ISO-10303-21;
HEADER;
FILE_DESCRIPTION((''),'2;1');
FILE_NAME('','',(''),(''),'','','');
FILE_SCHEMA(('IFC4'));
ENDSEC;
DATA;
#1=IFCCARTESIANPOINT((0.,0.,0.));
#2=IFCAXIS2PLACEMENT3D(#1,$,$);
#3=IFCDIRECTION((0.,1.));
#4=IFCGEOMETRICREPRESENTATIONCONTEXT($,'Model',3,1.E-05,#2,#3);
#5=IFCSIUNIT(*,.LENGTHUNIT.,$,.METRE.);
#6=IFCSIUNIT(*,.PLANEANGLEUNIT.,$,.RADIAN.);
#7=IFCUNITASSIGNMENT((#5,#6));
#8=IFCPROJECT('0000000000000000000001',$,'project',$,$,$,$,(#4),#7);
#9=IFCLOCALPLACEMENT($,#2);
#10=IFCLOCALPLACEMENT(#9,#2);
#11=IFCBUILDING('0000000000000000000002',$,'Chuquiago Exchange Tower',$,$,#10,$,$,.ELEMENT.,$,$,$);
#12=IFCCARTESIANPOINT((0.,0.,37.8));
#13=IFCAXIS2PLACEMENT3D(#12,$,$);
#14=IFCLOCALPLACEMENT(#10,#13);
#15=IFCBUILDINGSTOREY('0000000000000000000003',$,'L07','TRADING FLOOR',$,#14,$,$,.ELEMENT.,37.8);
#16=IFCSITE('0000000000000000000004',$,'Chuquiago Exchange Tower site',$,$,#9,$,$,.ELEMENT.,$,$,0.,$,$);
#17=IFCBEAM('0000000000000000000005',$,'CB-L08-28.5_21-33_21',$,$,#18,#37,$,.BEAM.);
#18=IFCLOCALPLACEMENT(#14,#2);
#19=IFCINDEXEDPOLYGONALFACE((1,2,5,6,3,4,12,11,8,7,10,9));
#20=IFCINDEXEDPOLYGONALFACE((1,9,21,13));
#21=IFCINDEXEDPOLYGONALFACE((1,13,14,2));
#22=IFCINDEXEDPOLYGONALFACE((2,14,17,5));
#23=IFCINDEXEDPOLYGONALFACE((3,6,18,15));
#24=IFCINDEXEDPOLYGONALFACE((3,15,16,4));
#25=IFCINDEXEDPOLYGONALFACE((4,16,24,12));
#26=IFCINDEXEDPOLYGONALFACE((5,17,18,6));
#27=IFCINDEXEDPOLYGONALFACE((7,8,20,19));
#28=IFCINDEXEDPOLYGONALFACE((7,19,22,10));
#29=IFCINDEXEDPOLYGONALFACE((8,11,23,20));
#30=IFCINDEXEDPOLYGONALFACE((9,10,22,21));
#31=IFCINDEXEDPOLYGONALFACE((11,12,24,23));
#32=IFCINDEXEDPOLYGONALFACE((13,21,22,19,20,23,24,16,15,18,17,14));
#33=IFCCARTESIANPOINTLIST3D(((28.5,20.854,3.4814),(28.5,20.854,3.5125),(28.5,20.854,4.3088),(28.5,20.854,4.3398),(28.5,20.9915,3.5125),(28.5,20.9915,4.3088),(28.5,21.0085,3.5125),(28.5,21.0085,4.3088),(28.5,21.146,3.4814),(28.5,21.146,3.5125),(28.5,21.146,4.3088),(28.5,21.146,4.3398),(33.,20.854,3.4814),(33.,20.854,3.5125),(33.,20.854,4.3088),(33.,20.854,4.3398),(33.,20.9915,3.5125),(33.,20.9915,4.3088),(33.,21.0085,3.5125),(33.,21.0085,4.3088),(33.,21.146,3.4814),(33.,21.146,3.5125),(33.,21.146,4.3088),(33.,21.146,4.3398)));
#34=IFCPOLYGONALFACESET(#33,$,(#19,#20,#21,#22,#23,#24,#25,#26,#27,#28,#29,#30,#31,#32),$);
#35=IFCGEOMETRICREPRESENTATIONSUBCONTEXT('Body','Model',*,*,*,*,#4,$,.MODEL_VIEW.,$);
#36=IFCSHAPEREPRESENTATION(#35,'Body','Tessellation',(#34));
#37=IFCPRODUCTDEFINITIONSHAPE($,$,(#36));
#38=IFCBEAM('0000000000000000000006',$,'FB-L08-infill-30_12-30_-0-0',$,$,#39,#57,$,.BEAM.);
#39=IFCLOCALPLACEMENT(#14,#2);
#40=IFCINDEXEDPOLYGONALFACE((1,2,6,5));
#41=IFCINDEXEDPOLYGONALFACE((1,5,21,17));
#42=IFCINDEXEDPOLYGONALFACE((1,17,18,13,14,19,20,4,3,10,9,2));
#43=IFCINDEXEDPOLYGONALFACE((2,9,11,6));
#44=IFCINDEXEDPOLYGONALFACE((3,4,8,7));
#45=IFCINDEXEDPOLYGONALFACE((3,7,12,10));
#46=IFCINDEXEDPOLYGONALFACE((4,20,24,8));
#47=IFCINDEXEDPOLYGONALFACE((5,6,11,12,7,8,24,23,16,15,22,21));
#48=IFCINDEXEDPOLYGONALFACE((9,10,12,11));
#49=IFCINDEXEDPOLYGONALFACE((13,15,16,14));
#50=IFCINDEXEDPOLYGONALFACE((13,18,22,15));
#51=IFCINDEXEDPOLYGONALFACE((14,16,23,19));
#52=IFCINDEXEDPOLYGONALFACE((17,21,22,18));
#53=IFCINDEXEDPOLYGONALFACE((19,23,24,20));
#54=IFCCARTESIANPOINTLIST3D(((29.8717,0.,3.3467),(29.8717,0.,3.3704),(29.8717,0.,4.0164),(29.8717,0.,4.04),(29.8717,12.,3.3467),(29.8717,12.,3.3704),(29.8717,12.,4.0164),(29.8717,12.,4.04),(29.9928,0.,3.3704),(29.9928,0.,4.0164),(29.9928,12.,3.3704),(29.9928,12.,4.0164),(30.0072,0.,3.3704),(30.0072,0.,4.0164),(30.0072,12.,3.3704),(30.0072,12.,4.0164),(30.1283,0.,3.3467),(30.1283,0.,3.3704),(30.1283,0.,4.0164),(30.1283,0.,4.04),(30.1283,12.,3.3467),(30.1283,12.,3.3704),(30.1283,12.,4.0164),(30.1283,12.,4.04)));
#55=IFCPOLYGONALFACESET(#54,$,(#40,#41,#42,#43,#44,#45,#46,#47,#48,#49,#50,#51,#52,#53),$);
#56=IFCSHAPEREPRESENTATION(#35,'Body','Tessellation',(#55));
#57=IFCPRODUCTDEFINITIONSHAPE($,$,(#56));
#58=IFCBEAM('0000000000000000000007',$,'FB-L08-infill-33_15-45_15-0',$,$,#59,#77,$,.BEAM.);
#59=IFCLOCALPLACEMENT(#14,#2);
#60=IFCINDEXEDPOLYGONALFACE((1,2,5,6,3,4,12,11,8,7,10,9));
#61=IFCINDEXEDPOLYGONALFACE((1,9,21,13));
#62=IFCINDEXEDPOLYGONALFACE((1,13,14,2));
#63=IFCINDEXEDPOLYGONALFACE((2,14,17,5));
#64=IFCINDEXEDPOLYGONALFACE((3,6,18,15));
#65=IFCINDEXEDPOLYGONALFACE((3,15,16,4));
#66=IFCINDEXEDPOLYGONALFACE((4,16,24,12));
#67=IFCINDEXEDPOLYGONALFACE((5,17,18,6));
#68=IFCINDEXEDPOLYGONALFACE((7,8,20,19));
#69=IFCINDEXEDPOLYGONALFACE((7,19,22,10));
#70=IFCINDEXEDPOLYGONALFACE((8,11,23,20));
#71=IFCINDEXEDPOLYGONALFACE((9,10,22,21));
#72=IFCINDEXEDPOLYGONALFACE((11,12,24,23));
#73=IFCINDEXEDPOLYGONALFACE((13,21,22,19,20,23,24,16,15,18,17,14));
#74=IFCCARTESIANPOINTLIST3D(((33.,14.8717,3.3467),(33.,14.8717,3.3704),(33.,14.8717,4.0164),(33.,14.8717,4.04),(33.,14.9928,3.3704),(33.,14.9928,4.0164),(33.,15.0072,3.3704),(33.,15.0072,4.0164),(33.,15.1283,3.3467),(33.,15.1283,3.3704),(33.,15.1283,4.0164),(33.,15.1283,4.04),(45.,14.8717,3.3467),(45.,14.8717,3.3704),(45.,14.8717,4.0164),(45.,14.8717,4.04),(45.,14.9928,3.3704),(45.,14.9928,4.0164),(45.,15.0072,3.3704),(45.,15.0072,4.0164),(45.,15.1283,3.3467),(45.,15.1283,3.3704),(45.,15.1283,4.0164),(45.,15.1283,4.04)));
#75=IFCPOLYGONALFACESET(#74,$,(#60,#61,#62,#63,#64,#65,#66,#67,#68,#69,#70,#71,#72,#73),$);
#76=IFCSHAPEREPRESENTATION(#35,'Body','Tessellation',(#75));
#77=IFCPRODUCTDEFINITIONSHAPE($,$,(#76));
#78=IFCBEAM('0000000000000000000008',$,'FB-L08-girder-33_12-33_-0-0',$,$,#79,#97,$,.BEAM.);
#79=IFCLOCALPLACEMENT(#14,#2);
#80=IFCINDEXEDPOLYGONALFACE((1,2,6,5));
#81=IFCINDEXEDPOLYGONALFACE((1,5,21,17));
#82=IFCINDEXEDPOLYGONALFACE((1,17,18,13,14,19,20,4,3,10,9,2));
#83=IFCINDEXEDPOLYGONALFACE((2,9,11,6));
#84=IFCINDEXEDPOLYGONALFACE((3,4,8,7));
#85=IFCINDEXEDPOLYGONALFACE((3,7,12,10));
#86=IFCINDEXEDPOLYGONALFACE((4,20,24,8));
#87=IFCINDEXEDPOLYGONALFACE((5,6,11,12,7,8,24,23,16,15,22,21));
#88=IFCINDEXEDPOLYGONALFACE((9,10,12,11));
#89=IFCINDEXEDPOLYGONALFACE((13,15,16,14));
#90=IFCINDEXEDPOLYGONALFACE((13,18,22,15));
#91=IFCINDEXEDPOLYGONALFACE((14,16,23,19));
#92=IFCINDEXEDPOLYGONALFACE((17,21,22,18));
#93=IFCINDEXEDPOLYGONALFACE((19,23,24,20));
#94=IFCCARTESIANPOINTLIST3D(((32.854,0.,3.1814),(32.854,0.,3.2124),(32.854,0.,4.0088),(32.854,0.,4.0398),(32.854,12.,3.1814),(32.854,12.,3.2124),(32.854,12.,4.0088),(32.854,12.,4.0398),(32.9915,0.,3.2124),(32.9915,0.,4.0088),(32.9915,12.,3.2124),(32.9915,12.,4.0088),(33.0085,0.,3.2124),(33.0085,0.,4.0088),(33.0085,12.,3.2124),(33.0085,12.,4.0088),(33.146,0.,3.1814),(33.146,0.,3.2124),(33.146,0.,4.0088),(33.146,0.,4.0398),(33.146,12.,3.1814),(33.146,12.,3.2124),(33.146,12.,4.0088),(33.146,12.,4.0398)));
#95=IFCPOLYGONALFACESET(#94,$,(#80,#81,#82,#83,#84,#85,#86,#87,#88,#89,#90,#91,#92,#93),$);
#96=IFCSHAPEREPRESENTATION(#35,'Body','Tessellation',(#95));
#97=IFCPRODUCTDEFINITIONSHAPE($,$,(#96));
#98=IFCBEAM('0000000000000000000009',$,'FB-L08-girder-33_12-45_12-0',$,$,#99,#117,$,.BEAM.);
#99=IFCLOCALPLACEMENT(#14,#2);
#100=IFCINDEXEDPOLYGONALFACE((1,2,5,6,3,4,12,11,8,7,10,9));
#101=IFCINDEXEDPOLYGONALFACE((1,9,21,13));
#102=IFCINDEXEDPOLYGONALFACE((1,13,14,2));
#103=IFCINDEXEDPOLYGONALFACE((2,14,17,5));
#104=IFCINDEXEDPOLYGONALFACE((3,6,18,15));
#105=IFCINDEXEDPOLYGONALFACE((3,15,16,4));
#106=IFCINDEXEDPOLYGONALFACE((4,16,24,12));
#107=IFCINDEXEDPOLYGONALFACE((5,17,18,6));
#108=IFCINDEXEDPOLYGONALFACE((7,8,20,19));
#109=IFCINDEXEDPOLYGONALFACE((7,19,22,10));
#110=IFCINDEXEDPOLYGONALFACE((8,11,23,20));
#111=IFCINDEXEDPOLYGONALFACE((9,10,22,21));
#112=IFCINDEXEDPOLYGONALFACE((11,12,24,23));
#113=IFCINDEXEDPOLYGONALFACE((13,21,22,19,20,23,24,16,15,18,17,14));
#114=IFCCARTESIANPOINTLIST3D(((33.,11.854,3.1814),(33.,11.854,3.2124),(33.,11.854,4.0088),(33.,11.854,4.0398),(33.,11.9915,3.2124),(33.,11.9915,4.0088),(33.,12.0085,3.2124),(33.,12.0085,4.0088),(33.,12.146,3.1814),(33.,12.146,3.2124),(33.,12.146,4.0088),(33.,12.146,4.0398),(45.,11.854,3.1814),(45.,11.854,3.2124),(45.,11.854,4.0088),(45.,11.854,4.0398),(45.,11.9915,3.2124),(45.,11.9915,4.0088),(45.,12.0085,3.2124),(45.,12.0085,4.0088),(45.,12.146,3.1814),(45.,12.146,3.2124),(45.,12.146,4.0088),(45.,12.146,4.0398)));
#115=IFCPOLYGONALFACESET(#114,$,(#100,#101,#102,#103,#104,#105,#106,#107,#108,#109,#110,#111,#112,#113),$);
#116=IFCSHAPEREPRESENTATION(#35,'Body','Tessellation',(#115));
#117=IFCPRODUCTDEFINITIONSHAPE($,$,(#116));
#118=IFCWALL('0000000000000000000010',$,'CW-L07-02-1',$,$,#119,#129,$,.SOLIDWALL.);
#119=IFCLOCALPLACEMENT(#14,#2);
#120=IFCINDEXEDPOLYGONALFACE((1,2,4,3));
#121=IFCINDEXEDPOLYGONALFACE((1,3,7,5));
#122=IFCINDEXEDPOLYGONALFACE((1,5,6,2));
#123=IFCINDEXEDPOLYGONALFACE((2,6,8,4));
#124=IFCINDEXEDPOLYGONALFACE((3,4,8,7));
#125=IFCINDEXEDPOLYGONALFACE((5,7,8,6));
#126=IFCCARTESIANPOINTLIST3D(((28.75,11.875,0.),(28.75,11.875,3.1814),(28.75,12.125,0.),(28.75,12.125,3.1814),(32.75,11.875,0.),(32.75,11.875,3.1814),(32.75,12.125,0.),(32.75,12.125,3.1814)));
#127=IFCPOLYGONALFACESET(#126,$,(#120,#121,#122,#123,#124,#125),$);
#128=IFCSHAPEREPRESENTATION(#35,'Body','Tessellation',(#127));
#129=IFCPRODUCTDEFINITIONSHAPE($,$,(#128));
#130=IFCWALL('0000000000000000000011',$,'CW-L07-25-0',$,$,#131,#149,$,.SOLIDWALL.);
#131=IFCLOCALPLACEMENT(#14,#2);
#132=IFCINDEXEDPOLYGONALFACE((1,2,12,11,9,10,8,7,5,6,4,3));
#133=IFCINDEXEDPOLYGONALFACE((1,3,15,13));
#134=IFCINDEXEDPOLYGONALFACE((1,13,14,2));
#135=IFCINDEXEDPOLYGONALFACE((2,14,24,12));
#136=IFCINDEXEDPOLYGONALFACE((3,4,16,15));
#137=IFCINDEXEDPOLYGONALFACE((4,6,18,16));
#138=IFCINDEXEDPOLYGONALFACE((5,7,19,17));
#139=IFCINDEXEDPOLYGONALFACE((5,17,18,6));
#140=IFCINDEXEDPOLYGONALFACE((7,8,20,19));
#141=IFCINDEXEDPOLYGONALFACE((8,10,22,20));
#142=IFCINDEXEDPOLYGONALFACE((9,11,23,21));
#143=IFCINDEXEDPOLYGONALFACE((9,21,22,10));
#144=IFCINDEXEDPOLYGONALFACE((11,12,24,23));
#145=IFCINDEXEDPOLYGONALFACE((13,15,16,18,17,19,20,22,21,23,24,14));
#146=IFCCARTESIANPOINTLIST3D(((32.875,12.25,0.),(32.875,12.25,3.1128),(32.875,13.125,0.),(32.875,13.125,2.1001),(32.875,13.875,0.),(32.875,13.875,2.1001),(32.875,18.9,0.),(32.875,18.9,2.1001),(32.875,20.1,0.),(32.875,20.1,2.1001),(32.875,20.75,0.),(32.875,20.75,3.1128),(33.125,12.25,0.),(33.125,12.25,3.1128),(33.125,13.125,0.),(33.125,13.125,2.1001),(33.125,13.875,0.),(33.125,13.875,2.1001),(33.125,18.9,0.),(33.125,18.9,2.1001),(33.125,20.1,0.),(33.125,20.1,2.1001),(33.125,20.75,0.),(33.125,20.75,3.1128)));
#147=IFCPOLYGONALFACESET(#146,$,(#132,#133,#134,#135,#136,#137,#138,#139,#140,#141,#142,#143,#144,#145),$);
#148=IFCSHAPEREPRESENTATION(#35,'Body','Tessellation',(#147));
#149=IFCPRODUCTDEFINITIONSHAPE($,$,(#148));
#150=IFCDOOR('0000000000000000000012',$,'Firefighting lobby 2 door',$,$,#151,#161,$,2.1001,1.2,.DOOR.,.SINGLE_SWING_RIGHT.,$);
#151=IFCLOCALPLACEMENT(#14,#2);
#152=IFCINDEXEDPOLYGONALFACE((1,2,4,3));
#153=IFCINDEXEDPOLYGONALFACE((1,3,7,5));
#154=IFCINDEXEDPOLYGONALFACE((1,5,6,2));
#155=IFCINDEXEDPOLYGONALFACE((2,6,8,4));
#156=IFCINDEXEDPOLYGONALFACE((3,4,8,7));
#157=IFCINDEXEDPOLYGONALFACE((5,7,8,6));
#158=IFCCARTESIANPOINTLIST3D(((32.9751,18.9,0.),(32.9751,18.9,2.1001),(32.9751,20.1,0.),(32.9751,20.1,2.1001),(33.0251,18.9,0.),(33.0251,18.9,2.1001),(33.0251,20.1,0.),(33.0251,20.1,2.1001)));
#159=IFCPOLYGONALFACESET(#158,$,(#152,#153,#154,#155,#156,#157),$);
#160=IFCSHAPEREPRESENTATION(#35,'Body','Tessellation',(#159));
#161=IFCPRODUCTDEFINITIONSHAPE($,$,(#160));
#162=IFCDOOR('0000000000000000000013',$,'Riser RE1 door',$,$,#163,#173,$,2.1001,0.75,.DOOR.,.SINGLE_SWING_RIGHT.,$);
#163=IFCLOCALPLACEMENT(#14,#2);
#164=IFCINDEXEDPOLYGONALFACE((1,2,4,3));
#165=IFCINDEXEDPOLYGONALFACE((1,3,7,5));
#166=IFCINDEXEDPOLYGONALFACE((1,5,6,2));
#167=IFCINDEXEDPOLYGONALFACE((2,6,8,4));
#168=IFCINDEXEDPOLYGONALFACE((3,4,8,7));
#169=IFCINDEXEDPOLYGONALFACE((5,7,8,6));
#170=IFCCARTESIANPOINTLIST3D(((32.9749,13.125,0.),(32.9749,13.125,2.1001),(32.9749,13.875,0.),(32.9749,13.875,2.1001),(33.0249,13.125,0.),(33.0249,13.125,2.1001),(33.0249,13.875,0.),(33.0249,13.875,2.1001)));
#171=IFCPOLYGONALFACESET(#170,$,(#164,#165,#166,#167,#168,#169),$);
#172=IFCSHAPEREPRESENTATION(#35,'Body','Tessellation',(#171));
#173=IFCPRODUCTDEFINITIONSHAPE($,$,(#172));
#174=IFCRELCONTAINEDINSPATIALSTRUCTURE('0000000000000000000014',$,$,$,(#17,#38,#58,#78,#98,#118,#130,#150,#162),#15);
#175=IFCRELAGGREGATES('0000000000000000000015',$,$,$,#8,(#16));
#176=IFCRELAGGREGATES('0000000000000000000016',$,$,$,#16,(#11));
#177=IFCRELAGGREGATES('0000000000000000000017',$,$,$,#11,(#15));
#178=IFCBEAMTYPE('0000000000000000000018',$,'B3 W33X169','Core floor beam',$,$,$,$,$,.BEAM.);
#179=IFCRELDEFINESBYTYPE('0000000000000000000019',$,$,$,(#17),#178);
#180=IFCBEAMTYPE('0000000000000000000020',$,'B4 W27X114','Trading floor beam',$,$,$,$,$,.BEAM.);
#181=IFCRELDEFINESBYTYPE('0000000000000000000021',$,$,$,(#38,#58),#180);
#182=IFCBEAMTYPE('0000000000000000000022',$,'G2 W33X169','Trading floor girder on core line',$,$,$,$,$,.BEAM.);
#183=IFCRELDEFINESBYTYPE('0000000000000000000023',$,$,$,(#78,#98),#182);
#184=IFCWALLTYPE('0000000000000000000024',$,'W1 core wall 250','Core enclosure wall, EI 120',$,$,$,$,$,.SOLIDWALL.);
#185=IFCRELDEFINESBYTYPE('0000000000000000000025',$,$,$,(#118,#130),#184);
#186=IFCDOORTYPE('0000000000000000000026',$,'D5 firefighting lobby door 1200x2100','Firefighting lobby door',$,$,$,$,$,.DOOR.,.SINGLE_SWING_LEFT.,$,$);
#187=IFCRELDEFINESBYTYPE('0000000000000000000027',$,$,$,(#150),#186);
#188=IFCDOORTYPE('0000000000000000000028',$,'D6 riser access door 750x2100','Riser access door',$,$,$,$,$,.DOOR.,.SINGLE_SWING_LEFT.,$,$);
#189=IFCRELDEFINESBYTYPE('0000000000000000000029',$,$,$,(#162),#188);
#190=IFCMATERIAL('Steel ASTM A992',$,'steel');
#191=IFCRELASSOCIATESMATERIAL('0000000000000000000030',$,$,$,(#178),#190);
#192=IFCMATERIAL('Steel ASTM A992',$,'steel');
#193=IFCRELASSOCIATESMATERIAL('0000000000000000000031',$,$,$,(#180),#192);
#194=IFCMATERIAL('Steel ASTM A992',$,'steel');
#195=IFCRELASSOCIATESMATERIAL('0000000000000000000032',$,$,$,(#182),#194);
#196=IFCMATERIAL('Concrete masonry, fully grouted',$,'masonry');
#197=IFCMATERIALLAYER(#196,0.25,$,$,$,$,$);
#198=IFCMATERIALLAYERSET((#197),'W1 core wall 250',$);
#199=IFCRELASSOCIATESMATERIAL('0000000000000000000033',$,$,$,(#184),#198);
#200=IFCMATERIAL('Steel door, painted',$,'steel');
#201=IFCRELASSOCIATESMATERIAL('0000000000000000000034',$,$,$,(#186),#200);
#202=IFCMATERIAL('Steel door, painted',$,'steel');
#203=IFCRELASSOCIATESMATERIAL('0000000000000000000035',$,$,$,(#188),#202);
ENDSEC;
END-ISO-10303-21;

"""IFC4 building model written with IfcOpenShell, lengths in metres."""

from ifc_helpers import new_model, si_unit, direction, frame, frame_2d, origin, origin_2d, place, context, subcontext, project, spatial, rectangle, i_section, extrude, material, layer, layer_set, material_profile, profile_set, type_object, element, fill, save


model = new_model("IFC4")

# Units and contexts
model_context = context("Model", 3, precision=1e-05, world=origin(), true_north=direction((0.0, 1.0)))
body_context = subcontext(model_context, "Body", "Model", "MODEL_VIEW")
ifc_project = project(units=[si_unit("LENGTHUNIT", "METRE"), si_unit("PLANEANGLEUNIT", "RADIAN")], contexts=[model_context])

# Site, building, storey
site_placement = place(None, origin())
site = spatial("IfcSite", under=ifc_project, at=site_placement, Name="Chuquiago Exchange Tower site", CompositionType="ELEMENT", RefElevation=0.0)
building_placement = place(site_placement, origin())
building = spatial("IfcBuilding", under=site, at=building_placement, Name="Chuquiago Exchange Tower", CompositionType="ELEMENT")
storey_placement = place(building_placement, frame((0.0, 0.0, 37.8)))
storey = spatial("IfcBuildingStorey", under=building, at=storey_placement, Name="L07", Description="TRADING FLOOR", CompositionType="ELEMENT", Elevation=37.8)

# Beams
ifc_material_1 = material(Name="Steel ASTM A992", Category="steel")
ifc_material_profile_1 = material_profile(ifc_material_1, i_section(OverallWidth=0.292, OverallDepth=0.8584, WebThickness=0.0171, FlangeThickness=0.031, at=origin_2d()), Name="W33X169")
ifc_profile_set_1 = profile_set([ifc_material_profile_1], Name="Steel ASTM A992")
beam_type_1 = type_object("IfcBeamType", Name="B3 W33X169", Description="Core floor beam", PredefinedType="BEAM", material=ifc_profile_set_1)
for number, where, z_axis, x_axis, name in (
    (1, (28.5, 21.0, 3.9106), (1.0, 0.0, 0.0), (0.0, 1.0, 0.0), "CB-L08-28.5_21-33_21"),
):
    element("IfcBeam", number, at=place(storey_placement, frame(where, z_axis=z_axis, x_axis=x_axis)), inside=storey, type_object=beam_type_1, Name=name, PredefinedType="BEAM", context=body_context, shape_type="SweptSolid", body=[
        extrude(i_section(OverallWidth=0.292, OverallDepth=0.8584, WebThickness=0.0171, FlangeThickness=0.031, at=origin_2d()), origin(), (0.0, 0.0, 1.0), 4.5),
    ])
ifc_material_2 = material(Name="Steel ASTM A992", Category="steel")
ifc_material_profile_2 = material_profile(ifc_material_2, i_section(OverallWidth=0.2566, OverallDepth=0.6934, WebThickness=0.0144, FlangeThickness=0.0237, at=origin_2d()), Name="W27X114")
ifc_profile_set_2 = profile_set([ifc_material_profile_2], Name="Steel ASTM A992")
beam_type_2 = type_object("IfcBeamType", Name="B4 W27X114", Description="Trading floor beam", PredefinedType="BEAM", material=ifc_profile_set_2)
for number, where, z_axis, x_axis, name in (
    (2, (30.0, 12.0, 3.6934), (0.0, -1.0, 0.0), (1.0, 0.0, 0.0), "FB-L08-infill-30_12-30_-0-0"),
    (3, (33.0, 15.0, 3.6934), (1.0, 0.0, 0.0), (0.0, 1.0, 0.0), "FB-L08-infill-33_15-45_15-0"),
):
    element("IfcBeam", number, at=place(storey_placement, frame(where, z_axis=z_axis, x_axis=x_axis)), inside=storey, type_object=beam_type_2, Name=name, PredefinedType="BEAM", context=body_context, shape_type="SweptSolid", body=[
        extrude(i_section(OverallWidth=0.2566, OverallDepth=0.6934, WebThickness=0.0144, FlangeThickness=0.0237, at=origin_2d()), origin(), (0.0, 0.0, 1.0), 12.0),
    ])
ifc_material_3 = material(Name="Steel ASTM A992", Category="steel")
ifc_material_profile_3 = material_profile(ifc_material_3, i_section(OverallWidth=0.292, OverallDepth=0.8584, WebThickness=0.0171, FlangeThickness=0.031, at=origin_2d()), Name="W33X169")
ifc_profile_set_3 = profile_set([ifc_material_profile_3], Name="Steel ASTM A992")
beam_type_3 = type_object("IfcBeamType", Name="G2 W33X169", Description="Trading floor girder on core line", PredefinedType="BEAM", material=ifc_profile_set_3)
for number, where, z_axis, x_axis, name in (
    (4, (33.0, 12.0, 3.6106), (0.0, -1.0, 0.0), (1.0, 0.0, 0.0), "FB-L08-girder-33_12-33_-0-0"),
    (5, (33.0, 12.0, 3.6106), (1.0, 0.0, 0.0), (0.0, 1.0, 0.0), "FB-L08-girder-33_12-45_12-0"),
):
    element("IfcBeam", number, at=place(storey_placement, frame(where, z_axis=z_axis, x_axis=x_axis)), inside=storey, type_object=beam_type_3, Name=name, PredefinedType="BEAM", context=body_context, shape_type="SweptSolid", body=[
        extrude(i_section(OverallWidth=0.292, OverallDepth=0.8584, WebThickness=0.0171, FlangeThickness=0.031, at=origin_2d()), origin(), (0.0, 0.0, 1.0), 12.0),
    ])

# Wall
ifc_material_4 = material(Name="Concrete masonry, fully grouted", Category="masonry")
ifc_layer_1 = layer(ifc_material_4, 0.25)
ifc_layer_set_1 = layer_set([ifc_layer_1], Name="W1 core wall 250")
wall_type_1 = type_object("IfcWallType", Name="W1 core wall 250", Description="Core enclosure wall, EI 120", PredefinedType="SOLIDWALL", material=ifc_layer_set_1)
wall_1_placement = place(storey_placement, frame((28.75, 12.0, 0.0), z_axis=(0.0, 0.0, 1.0), x_axis=(1.0, 0.0, 0.0)))
element("IfcWall", 6, at=wall_1_placement, inside=storey, type_object=wall_type_1, Name="CW-L07-02-1", PredefinedType="SOLIDWALL", context=body_context, shape_type="SweptSolid", body=[
    extrude(rectangle(XDim=4.0, YDim=0.25, at=frame_2d((2.0, 0.0))), origin(), (0.0, 0.0, 1.0), 3.1814),
])

# Wall, openings, doors
wall_2_placement = place(storey_placement, frame((33.0, 12.25, 0.0), z_axis=(0.0, 0.0, 1.0), x_axis=(0.0, 1.0, 0.0)))
wall_2 = element("IfcWall", 7, at=wall_2_placement, inside=storey, type_object=wall_type_1, Name="CW-L07-25-0", PredefinedType="SOLIDWALL", context=body_context, shape_type="SweptSolid", body=[
    extrude(rectangle(XDim=8.5, YDim=0.25, at=frame_2d((4.25, 0.0))), origin(), (0.0, 0.0, 1.0), 3.1128),
])
opening_1_placement = place(wall_2_placement, frame((6.6499, 0.0, 0.0)))
opening_1 = element("IfcOpeningElement", 8, at=opening_1_placement, cuts=wall_2, PredefinedType="OPENING", context=body_context, shape_type="SweptSolid", body=[
    extrude(rectangle(XDim=1.2, YDim=2.1001, at=frame_2d((0.6001, 1.05))), frame((0.0, 0.135, 0.0), z_axis=(0.0, -1.0, 0.0), x_axis=(1.0, 0.0, 0.0)), (0.0, 0.0, 1.0), 0.27),
])
opening_2_placement = place(wall_2_placement, frame((0.875, 0.0, 0.0)))
opening_2 = element("IfcOpeningElement", 9, at=opening_2_placement, cuts=wall_2, PredefinedType="OPENING", context=body_context, shape_type="SweptSolid", body=[
    extrude(rectangle(XDim=0.75, YDim=2.1001, at=frame_2d((0.375, 1.05))), frame((0.0, 0.135, 0.0), z_axis=(0.0, -1.0, 0.0), x_axis=(1.0, 0.0, 0.0)), (0.0, 0.0, 1.0), 0.27),
])
ifc_material_5 = material(Name="Steel door, painted", Category="steel")
door_type_1 = type_object("IfcDoorType", Name="D5 firefighting lobby door 1200x2100", Description="Firefighting lobby door", OperationType="SINGLE_SWING_LEFT", PredefinedType="DOOR", material=ifc_material_5)
door_1_placement = place(opening_1_placement, origin())
door_1 = element("IfcDoor", 10, at=door_1_placement, inside=storey, type_object=door_type_1, Name="Firefighting lobby 2 door", OperationType="SINGLE_SWING_RIGHT", OverallHeight=2.1001, OverallWidth=1.2, PredefinedType="DOOR", context=body_context, shape_type="SweptSolid", body=[
    extrude(rectangle(XDim=1.2, YDim=2.1001, at=frame_2d((0.6001, 1.05))), frame((0.0, 0.0249, 0.0), z_axis=(0.0, -1.0, 0.0), x_axis=(1.0, 0.0, 0.0)), (0.0, 0.0, 1.0), 0.05),
])
fill(opening_1, door_1)
ifc_material_6 = material(Name="Steel door, painted", Category="steel")
door_type_2 = type_object("IfcDoorType", Name="D6 riser access door 750x2100", Description="Riser access door", OperationType="SINGLE_SWING_LEFT", PredefinedType="DOOR", material=ifc_material_6)
door_2_placement = place(opening_2_placement, frame((0.75, 0.0, 0.0), z_axis=(0.0, 0.0, 1.0), x_axis=(-1.0, 0.0, 0.0)))
door_2 = element("IfcDoor", 11, at=door_2_placement, inside=storey, type_object=door_type_2, Name="Riser RE1 door", OperationType="SINGLE_SWING_RIGHT", OverallHeight=2.1001, OverallWidth=0.75, PredefinedType="DOOR", context=body_context, shape_type="SweptSolid", body=[
    extrude(rectangle(XDim=0.75, YDim=2.1001, at=frame_2d((0.375, 1.05))), frame((0.0, 0.0249, 0.0), z_axis=(0.0, -1.0, 0.0), x_axis=(1.0, 0.0, 0.0)), (0.0, 0.0, 1.0), 0.05),
])
fill(opening_2, door_2)

save(model, "model.ifc")
